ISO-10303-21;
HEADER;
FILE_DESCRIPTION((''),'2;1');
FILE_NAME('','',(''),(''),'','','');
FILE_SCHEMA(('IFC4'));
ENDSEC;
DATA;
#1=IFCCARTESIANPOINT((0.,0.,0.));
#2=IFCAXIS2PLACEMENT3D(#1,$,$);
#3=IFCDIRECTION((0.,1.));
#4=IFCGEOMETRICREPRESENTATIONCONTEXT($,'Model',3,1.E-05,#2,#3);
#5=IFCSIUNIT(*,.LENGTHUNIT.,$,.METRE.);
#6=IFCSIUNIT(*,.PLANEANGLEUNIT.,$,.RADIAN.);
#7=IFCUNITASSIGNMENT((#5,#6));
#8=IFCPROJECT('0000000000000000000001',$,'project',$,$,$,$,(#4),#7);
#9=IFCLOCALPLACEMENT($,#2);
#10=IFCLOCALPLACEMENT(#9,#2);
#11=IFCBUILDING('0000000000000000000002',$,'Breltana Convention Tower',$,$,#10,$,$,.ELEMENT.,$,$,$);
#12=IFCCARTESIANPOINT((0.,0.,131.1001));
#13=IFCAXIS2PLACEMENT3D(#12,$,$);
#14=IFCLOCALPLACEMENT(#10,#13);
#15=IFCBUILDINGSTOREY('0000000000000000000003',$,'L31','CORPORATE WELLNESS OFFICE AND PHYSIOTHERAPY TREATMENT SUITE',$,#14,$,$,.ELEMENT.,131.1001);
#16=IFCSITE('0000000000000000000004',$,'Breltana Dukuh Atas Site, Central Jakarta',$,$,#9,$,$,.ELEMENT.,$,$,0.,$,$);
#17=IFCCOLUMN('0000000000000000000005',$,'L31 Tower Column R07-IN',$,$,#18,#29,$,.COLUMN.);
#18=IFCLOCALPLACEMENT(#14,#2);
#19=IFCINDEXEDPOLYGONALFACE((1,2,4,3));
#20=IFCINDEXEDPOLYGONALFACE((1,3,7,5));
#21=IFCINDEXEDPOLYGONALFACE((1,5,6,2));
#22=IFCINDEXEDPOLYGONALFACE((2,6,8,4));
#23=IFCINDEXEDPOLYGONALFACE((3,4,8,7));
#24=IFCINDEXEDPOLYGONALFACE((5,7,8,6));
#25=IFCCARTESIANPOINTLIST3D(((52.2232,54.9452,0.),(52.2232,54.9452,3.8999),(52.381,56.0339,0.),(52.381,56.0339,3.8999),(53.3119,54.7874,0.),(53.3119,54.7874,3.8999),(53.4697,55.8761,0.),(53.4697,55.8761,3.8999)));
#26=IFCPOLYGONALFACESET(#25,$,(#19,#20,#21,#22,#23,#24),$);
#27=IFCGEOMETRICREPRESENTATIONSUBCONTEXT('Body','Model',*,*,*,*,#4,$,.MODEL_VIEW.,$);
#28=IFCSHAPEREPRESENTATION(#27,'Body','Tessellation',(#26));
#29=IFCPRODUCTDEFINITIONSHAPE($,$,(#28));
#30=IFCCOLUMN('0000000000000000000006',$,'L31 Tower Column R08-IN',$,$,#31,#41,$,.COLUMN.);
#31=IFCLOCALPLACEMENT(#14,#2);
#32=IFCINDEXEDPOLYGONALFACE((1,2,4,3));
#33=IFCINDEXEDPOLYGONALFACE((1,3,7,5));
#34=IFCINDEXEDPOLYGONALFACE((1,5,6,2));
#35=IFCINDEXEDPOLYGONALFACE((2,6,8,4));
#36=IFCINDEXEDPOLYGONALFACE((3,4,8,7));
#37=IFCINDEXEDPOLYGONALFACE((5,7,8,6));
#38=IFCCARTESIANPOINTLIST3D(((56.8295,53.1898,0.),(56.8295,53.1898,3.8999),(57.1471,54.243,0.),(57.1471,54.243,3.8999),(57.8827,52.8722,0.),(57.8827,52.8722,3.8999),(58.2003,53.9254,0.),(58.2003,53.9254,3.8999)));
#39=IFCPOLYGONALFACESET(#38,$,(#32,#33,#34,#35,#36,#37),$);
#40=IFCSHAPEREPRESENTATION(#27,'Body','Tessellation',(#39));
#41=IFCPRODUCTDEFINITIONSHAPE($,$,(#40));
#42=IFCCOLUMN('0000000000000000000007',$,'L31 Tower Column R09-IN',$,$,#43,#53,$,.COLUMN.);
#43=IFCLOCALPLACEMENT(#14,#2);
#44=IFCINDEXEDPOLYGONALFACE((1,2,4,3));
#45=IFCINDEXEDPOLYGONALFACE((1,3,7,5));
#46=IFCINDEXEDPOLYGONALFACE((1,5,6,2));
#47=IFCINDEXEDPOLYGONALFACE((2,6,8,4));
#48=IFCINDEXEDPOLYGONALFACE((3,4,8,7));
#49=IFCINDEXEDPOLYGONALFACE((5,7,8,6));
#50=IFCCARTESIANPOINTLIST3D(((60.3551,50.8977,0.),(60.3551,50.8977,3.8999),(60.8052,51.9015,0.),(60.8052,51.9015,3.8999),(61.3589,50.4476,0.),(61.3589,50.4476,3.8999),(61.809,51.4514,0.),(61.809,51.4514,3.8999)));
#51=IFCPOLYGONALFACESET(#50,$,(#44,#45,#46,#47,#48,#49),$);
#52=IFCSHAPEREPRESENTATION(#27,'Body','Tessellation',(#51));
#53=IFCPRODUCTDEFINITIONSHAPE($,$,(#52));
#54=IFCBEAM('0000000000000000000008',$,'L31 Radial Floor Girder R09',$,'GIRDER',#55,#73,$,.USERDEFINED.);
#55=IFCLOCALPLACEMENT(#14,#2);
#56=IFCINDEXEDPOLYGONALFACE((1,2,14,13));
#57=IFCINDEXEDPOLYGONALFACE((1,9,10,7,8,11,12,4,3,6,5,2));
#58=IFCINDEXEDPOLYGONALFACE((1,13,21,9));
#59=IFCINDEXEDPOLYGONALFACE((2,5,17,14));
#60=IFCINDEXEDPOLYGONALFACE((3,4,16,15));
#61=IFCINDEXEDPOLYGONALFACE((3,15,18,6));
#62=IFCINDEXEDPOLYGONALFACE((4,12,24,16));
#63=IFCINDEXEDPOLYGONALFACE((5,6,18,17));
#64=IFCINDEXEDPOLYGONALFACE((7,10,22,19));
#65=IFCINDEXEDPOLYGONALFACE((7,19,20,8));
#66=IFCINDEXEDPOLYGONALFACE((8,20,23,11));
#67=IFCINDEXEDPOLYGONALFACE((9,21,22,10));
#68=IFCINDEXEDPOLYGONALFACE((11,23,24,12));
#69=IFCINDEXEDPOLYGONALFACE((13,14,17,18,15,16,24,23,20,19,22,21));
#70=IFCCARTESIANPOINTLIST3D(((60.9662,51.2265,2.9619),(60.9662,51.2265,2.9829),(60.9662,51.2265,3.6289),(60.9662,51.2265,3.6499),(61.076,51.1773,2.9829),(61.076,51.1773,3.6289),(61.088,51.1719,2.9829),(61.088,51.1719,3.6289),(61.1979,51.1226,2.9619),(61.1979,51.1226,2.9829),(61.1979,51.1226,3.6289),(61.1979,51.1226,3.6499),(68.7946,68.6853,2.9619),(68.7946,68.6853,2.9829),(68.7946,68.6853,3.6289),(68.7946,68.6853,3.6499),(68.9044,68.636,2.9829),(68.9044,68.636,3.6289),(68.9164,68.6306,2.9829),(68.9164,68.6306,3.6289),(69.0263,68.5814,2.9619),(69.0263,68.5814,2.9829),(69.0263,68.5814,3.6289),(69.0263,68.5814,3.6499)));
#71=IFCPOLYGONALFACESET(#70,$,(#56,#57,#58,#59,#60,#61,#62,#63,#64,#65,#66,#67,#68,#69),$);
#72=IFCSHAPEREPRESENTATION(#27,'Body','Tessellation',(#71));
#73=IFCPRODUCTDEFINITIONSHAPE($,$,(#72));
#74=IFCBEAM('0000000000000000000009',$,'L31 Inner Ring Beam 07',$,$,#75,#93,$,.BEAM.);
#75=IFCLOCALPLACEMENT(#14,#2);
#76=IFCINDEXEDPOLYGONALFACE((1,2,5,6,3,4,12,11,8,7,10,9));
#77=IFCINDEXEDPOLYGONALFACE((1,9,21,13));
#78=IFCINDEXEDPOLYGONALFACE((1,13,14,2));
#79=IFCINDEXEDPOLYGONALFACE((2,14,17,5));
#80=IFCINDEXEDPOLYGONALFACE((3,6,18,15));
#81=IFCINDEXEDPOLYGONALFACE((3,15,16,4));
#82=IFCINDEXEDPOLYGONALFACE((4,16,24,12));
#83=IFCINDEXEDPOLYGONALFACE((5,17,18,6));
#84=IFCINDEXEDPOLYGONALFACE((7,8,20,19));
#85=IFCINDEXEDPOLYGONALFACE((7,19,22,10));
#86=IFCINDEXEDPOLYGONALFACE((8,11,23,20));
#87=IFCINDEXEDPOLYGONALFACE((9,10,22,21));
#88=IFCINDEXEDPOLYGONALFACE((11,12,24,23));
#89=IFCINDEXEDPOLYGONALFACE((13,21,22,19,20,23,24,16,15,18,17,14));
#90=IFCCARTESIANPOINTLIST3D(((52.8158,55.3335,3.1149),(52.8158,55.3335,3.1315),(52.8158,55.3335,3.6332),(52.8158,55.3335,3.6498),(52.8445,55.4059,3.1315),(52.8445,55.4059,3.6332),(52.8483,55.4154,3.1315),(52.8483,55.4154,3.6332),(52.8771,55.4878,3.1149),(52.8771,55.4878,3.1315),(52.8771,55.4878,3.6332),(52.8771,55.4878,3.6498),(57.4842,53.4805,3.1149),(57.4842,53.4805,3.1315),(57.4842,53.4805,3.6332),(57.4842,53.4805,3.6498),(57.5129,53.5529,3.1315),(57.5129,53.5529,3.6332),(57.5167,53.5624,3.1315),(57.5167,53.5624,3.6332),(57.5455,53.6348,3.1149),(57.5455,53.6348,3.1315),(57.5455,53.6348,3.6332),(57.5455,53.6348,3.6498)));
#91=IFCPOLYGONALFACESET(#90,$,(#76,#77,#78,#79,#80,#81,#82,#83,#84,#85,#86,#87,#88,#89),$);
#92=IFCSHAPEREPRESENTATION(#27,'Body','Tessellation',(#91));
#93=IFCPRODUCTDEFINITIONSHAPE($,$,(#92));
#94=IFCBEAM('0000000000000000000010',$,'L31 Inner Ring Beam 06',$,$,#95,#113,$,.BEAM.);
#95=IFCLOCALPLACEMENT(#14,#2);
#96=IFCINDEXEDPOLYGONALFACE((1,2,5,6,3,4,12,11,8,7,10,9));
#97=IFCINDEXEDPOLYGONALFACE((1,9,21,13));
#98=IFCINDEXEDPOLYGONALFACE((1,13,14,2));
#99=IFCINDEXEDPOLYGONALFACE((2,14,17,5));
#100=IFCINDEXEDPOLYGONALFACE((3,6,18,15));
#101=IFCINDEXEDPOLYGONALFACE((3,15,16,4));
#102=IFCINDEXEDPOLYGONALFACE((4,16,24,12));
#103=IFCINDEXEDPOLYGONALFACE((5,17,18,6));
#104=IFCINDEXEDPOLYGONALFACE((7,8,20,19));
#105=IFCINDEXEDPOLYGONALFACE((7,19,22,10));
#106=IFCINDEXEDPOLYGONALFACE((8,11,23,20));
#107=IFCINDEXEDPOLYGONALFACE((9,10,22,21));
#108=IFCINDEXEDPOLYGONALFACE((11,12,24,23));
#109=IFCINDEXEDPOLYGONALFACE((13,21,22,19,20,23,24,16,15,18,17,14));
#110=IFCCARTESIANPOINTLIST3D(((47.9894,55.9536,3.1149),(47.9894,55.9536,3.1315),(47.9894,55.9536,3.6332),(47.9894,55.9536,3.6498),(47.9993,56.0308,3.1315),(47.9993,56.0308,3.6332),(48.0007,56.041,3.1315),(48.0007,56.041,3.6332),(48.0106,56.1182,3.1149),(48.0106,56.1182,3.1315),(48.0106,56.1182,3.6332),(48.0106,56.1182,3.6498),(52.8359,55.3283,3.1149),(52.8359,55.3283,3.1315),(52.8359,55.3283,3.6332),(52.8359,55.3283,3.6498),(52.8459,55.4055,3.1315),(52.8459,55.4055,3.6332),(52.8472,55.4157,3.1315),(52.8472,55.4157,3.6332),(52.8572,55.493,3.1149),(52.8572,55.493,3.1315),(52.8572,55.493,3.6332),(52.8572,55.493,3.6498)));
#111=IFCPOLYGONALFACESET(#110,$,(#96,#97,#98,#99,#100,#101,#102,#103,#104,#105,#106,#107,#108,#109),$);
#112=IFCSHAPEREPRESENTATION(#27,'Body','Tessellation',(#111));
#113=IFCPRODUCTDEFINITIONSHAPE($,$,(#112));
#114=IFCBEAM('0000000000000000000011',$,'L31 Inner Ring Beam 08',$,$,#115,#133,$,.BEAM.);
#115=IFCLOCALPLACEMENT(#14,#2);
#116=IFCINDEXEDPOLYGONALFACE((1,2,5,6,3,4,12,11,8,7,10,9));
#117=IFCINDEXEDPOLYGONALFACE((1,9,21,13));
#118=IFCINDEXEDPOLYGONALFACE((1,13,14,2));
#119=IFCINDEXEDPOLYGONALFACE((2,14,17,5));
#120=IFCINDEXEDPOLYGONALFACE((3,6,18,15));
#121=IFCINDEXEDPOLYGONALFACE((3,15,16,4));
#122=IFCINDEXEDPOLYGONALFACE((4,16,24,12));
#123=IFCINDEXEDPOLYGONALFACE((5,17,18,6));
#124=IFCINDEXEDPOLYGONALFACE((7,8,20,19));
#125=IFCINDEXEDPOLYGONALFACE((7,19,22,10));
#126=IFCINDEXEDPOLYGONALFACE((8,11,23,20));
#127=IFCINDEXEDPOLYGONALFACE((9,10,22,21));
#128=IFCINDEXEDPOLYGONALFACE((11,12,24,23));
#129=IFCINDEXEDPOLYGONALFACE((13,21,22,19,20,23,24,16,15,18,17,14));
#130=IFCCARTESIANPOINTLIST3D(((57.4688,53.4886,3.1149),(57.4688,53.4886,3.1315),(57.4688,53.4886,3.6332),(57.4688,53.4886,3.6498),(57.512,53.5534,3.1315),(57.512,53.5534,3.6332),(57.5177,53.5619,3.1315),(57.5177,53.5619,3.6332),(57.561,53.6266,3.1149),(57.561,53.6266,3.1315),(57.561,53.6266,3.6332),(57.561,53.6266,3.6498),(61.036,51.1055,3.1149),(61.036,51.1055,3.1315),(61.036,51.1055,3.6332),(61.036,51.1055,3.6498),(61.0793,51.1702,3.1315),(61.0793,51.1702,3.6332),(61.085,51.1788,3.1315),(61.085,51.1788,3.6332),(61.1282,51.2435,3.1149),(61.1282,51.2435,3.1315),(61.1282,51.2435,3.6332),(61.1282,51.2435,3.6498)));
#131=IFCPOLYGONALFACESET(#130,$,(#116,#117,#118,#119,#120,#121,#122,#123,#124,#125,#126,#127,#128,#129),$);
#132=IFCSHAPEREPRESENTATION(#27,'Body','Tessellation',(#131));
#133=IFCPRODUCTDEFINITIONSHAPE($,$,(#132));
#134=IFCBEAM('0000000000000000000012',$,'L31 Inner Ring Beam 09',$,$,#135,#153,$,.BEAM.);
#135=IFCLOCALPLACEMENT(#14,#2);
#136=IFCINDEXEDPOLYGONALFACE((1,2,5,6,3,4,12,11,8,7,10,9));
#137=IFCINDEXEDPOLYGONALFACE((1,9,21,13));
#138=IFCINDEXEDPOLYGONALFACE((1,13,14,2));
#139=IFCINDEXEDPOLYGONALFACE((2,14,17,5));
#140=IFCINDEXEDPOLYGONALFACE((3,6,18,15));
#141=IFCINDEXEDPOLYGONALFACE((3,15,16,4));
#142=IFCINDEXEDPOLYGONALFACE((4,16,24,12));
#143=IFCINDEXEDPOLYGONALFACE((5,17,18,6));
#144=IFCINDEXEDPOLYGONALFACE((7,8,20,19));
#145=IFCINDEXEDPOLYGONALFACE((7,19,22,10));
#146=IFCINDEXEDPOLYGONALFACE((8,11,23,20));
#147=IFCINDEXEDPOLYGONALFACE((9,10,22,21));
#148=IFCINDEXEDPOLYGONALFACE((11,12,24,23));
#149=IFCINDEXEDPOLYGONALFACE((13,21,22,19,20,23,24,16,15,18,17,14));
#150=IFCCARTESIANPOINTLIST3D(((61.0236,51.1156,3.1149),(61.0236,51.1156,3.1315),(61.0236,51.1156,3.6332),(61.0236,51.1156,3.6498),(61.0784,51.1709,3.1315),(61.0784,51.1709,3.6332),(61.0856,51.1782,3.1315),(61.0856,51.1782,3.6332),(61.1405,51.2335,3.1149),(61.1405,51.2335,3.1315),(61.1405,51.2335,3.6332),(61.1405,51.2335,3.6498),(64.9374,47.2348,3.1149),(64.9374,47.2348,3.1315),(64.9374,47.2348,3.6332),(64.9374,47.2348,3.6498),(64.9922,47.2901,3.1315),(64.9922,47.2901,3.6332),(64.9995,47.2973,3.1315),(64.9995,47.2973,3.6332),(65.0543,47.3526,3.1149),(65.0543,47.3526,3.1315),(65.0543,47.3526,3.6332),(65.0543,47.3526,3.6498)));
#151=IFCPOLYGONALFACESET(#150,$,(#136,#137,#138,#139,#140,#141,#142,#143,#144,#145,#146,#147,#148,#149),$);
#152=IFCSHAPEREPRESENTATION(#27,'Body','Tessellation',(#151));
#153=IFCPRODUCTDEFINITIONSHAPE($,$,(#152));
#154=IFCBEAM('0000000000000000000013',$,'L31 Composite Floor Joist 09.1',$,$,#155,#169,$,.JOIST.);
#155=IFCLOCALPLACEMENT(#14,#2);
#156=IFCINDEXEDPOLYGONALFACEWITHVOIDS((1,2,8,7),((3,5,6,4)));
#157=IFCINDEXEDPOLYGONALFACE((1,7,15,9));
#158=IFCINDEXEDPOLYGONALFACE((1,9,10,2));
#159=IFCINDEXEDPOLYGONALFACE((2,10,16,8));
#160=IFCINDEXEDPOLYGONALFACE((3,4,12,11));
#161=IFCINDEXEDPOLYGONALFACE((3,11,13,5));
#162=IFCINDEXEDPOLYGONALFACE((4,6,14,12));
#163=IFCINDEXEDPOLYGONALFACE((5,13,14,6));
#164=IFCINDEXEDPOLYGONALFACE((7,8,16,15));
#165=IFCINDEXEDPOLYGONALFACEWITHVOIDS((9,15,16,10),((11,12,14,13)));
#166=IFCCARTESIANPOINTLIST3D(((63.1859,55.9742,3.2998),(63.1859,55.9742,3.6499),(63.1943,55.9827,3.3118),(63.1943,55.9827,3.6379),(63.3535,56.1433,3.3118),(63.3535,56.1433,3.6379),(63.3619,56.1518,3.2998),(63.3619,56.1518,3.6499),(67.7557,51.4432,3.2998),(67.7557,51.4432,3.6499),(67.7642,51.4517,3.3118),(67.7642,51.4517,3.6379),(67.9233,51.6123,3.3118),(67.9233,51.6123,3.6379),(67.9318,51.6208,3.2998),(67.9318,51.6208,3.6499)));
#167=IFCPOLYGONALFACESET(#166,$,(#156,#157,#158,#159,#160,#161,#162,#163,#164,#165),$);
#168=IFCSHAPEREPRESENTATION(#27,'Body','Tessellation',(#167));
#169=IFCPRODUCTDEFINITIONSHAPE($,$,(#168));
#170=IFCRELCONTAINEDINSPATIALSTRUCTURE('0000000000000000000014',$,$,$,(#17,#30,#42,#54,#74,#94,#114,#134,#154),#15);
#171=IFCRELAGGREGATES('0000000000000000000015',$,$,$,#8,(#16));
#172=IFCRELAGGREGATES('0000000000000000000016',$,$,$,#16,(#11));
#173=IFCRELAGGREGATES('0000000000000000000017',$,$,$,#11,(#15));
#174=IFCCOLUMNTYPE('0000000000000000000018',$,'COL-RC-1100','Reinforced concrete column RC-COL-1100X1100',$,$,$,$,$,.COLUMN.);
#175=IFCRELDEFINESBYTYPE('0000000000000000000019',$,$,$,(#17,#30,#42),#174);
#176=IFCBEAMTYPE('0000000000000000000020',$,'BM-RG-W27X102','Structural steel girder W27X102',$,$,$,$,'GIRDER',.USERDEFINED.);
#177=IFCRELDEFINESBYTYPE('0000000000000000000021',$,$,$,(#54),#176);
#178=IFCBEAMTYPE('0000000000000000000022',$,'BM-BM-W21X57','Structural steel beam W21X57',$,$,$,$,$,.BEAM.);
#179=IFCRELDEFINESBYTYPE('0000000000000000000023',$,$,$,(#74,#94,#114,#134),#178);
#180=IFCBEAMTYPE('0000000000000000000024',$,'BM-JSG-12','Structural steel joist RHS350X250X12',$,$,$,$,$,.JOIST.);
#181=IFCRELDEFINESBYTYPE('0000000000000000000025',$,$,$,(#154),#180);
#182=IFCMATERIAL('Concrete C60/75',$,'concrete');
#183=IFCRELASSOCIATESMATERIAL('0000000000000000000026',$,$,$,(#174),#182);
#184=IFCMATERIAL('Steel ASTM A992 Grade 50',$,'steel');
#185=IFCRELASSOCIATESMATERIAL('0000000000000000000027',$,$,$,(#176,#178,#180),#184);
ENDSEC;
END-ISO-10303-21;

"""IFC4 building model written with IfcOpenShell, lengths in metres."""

from ifc_helpers import new_model, si_unit, direction, frame, origin, origin_2d, place, context, subcontext, project, spatial, rectangle, hollow_rectangle, i_section, extrude, source, transform, mapped, material, material_profile, profile_set, type_object, element, save


model = new_model("IFC4")

# Units and contexts
model_context = context("Model", 3, precision=1e-05, world=origin(), true_north=direction((0.0, 1.0)))
body_context = subcontext(model_context, "Body", "Model", "MODEL_VIEW")
ifc_project = project(units=[si_unit("LENGTHUNIT", "METRE"), si_unit("PLANEANGLEUNIT", "RADIAN")], contexts=[model_context])

# Site, building, storey
site_placement = place(None, origin())
site = spatial("IfcSite", under=ifc_project, at=site_placement, Name="Breltana Dukuh Atas Site, Central Jakarta", CompositionType="ELEMENT", RefElevation=0.0)
building_placement = place(site_placement, origin())
building = spatial("IfcBuilding", under=site, at=building_placement, Name="Breltana Convention Tower", CompositionType="ELEMENT")
storey_placement = place(building_placement, frame((0.0, 0.0, 131.1001)))
storey = spatial("IfcBuildingStorey", under=building, at=storey_placement, Name="L31", Description="CORPORATE WELLNESS OFFICE AND PHYSIOTHERAPY TREATMENT SUITE", CompositionType="ELEMENT", Elevation=131.1001)

# Columns
ifc_material_1 = material(Name="Concrete C60/75", Category="concrete")
ifc_material_profile_1 = material_profile(ifc_material_1, rectangle(XDim=1.1001, YDim=1.1001, at=origin_2d()), Name="RC-COL-1100X1100")
ifc_profile_set_1 = profile_set([ifc_material_profile_1], Name="Concrete C60/75")
column_type = type_object("IfcColumnType", Name="COL-RC-1100", Description="Reinforced concrete column RC-COL-1100X1100", PredefinedType="COLUMN", material=ifc_profile_set_1)
shared_shape_1 = source(origin(), body_context, "Body", "SweptSolid", [
    extrude(rectangle(XDim=1.1001, YDim=1.1001, at=origin_2d()), origin(), (0.0, 0.0, 1.0), 3.8999),
])
for number, where, z_axis, x_axis, name in (
    (1, (52.8464, 55.4106, 0.0), (0.0, 0.0, 1.0), (0.143493, 0.989651, 0.0), "L31 Tower Column R07-IN"),
    (2, (57.5149, 53.5576, 0.0), (0.0, 0.0, 1.0), (0.288698, 0.95742, 0.0), "L31 Tower Column R08-IN"),
    (3, (61.082, 51.1746, 0.0), (0.0, 0.0, 1.0), (0.409127, 0.912477, 0.0), "L31 Tower Column R09-IN"),
):
    element("IfcColumn", number, at=place(storey_placement, frame(where, z_axis=z_axis, x_axis=x_axis)), inside=storey, type_object=column_type, Name=name, PredefinedType="COLUMN", context=body_context, shape_type="MappedRepresentation", body=[
        mapped(shared_shape_1, transform((0.0, 0.0, 0.0), scale=1.0)),
    ])

# Beams
ifc_material_2 = material(Name="Steel ASTM A992 Grade 50", Category="steel")
ifc_material_profile_2 = material_profile(ifc_material_2, i_section(OverallWidth=0.2539, OverallDepth=0.688, WebThickness=0.0132, FlangeThickness=0.021, at=origin_2d()), Name="W27X102")
ifc_profile_set_2 = profile_set([ifc_material_profile_2], Name="Steel ASTM A992 Grade 50")
beam_type_1 = type_object("IfcBeamType", Name="BM-RG-W27X102", Description="Structural steel girder W27X102", ElementType="GIRDER", PredefinedType="USERDEFINED", material=ifc_profile_set_2)
shared_shape_2 = source(origin(), body_context, "Body", "SweptSolid", [
    extrude(i_section(OverallWidth=0.2539, OverallDepth=0.688, WebThickness=0.0132, FlangeThickness=0.021, at=origin_2d()), origin(), (0.0, 0.0, 1.0), 19.1335),
])
beam_1_placement = place(storey_placement, frame((61.082, 51.1746, 3.3059), z_axis=(0.409145, 0.91247, 0.0), x_axis=(-0.91247, 0.409145, 0.0)))
element("IfcBeam", 4, at=beam_1_placement, inside=storey, type_object=beam_type_1, Name="L31 Radial Floor Girder R09", ObjectType="GIRDER", PredefinedType="USERDEFINED", context=body_context, shape_type="MappedRepresentation", body=[
    mapped(shared_shape_2, transform((0.0, 0.0, 0.0), scale=1.0)),
])
ifc_material_profile_3 = material_profile(ifc_material_2, i_section(OverallWidth=0.166, OverallDepth=0.5349, WebThickness=0.0103, FlangeThickness=0.0166, at=origin_2d()), Name="W21X57")
ifc_profile_set_3 = profile_set([ifc_material_profile_3], Name="Steel ASTM A992 Grade 50")
beam_type_2 = type_object("IfcBeamType", Name="BM-BM-W21X57", Description="Structural steel beam W21X57", PredefinedType="BEAM", material=ifc_profile_set_3)
shared_shape_3 = source(origin(), body_context, "Body", "SweptSolid", [
    extrude(i_section(OverallWidth=0.166, OverallDepth=0.5349, WebThickness=0.0103, FlangeThickness=0.0166, at=origin_2d()), origin(), (0.0, 0.0, 1.0), 5.0227),
])
beam_2_placement = place(storey_placement, frame((52.8464, 55.4106, 3.3823), z_axis=(0.929459, -0.368926, 0.0), x_axis=(0.368926, 0.929459, 0.0)))
element("IfcBeam", 5, at=beam_2_placement, inside=storey, type_object=beam_type_2, Name="L31 Inner Ring Beam 07", PredefinedType="BEAM", context=body_context, shape_type="MappedRepresentation", body=[
    mapped(shared_shape_3, transform((0.0, 0.0, 0.0), scale=1.0)),
])
shared_shape_4 = source(origin(), body_context, "Body", "SweptSolid", [
    extrude(i_section(OverallWidth=0.166, OverallDepth=0.5349, WebThickness=0.0103, FlangeThickness=0.0166, at=origin_2d()), origin(), (0.0, 0.0, 1.0), 4.8867),
])
beam_3_placement = place(storey_placement, frame((48.0, 56.0359, 3.3823), z_axis=(0.991781, -0.127951, 0.0), x_axis=(0.127951, 0.991781, 0.0)))
element("IfcBeam", 6, at=beam_3_placement, inside=storey, type_object=beam_type_2, Name="L31 Inner Ring Beam 06", PredefinedType="BEAM", context=body_context, shape_type="MappedRepresentation", body=[
    mapped(shared_shape_4, transform((0.0, 0.0, 0.0), scale=1.0)),
])
shared_shape_5 = source(origin(), body_context, "Body", "SweptSolid", [
    extrude(i_section(OverallWidth=0.166, OverallDepth=0.5349, WebThickness=0.0103, FlangeThickness=0.0166, at=origin_2d()), origin(), (0.0, 0.0, 1.0), 4.29),
])
beam_4_placement = place(storey_placement, frame((57.5149, 53.5576, 3.3823), z_axis=(0.831516, -0.555501, 0.0), x_axis=(0.555501, 0.831516, 0.0)))
element("IfcBeam", 7, at=beam_4_placement, inside=storey, type_object=beam_type_2, Name="L31 Inner Ring Beam 08", PredefinedType="BEAM", context=body_context, shape_type="MappedRepresentation", body=[
    mapped(shared_shape_5, transform((0.0, 0.0, 0.0), scale=1.0)),
])
shared_shape_6 = source(origin(), body_context, "Body", "SweptSolid", [
    extrude(i_section(OverallWidth=0.166, OverallDepth=0.5349, WebThickness=0.0103, FlangeThickness=0.0166, at=origin_2d()), origin(), (0.0, 0.0, 1.0), 5.5117),
])
beam_5_placement = place(storey_placement, frame((61.082, 51.1746, 3.3823), z_axis=(0.71009, -0.704111, 0.0), x_axis=(0.704111, 0.71009, 0.0)))
element("IfcBeam", 8, at=beam_5_placement, inside=storey, type_object=beam_type_2, Name="L31 Inner Ring Beam 09", PredefinedType="BEAM", context=body_context, shape_type="MappedRepresentation", body=[
    mapped(shared_shape_6, transform((0.0, 0.0, 0.0), scale=1.0)),
])
ifc_material_profile_4 = material_profile(ifc_material_2, hollow_rectangle(XDim=0.25, YDim=0.3501, WallThickness=0.012, at=origin_2d()), Name="RHS350X250X12")
ifc_profile_set_4 = profile_set([ifc_material_profile_4], Name="Steel ASTM A992 Grade 50")
beam_type_3 = type_object("IfcBeamType", Name="BM-JSG-12", Description="Structural steel joist RHS350X250X12", PredefinedType="JOIST", material=ifc_profile_set_4)
shared_shape_7 = source(origin(), body_context, "Body", "SweptSolid", [
    extrude(hollow_rectangle(XDim=0.25, YDim=0.3501, WallThickness=0.012, at=origin_2d()), origin(), (0.0, 0.0, 1.0), 6.4353),
])
beam_6_placement = place(storey_placement, frame((63.2739, 56.063, 3.4749), z_axis=(0.710116, -0.704084, 0.0), x_axis=(0.704084, 0.710116, 0.0)))
element("IfcBeam", 9, at=beam_6_placement, inside=storey, type_object=beam_type_3, Name="L31 Composite Floor Joist 09.1", PredefinedType="JOIST", context=body_context, shape_type="MappedRepresentation", body=[
    mapped(shared_shape_7, transform((0.0, 0.0, 0.0), scale=1.0)),
])

save(model, "model.ifc")
